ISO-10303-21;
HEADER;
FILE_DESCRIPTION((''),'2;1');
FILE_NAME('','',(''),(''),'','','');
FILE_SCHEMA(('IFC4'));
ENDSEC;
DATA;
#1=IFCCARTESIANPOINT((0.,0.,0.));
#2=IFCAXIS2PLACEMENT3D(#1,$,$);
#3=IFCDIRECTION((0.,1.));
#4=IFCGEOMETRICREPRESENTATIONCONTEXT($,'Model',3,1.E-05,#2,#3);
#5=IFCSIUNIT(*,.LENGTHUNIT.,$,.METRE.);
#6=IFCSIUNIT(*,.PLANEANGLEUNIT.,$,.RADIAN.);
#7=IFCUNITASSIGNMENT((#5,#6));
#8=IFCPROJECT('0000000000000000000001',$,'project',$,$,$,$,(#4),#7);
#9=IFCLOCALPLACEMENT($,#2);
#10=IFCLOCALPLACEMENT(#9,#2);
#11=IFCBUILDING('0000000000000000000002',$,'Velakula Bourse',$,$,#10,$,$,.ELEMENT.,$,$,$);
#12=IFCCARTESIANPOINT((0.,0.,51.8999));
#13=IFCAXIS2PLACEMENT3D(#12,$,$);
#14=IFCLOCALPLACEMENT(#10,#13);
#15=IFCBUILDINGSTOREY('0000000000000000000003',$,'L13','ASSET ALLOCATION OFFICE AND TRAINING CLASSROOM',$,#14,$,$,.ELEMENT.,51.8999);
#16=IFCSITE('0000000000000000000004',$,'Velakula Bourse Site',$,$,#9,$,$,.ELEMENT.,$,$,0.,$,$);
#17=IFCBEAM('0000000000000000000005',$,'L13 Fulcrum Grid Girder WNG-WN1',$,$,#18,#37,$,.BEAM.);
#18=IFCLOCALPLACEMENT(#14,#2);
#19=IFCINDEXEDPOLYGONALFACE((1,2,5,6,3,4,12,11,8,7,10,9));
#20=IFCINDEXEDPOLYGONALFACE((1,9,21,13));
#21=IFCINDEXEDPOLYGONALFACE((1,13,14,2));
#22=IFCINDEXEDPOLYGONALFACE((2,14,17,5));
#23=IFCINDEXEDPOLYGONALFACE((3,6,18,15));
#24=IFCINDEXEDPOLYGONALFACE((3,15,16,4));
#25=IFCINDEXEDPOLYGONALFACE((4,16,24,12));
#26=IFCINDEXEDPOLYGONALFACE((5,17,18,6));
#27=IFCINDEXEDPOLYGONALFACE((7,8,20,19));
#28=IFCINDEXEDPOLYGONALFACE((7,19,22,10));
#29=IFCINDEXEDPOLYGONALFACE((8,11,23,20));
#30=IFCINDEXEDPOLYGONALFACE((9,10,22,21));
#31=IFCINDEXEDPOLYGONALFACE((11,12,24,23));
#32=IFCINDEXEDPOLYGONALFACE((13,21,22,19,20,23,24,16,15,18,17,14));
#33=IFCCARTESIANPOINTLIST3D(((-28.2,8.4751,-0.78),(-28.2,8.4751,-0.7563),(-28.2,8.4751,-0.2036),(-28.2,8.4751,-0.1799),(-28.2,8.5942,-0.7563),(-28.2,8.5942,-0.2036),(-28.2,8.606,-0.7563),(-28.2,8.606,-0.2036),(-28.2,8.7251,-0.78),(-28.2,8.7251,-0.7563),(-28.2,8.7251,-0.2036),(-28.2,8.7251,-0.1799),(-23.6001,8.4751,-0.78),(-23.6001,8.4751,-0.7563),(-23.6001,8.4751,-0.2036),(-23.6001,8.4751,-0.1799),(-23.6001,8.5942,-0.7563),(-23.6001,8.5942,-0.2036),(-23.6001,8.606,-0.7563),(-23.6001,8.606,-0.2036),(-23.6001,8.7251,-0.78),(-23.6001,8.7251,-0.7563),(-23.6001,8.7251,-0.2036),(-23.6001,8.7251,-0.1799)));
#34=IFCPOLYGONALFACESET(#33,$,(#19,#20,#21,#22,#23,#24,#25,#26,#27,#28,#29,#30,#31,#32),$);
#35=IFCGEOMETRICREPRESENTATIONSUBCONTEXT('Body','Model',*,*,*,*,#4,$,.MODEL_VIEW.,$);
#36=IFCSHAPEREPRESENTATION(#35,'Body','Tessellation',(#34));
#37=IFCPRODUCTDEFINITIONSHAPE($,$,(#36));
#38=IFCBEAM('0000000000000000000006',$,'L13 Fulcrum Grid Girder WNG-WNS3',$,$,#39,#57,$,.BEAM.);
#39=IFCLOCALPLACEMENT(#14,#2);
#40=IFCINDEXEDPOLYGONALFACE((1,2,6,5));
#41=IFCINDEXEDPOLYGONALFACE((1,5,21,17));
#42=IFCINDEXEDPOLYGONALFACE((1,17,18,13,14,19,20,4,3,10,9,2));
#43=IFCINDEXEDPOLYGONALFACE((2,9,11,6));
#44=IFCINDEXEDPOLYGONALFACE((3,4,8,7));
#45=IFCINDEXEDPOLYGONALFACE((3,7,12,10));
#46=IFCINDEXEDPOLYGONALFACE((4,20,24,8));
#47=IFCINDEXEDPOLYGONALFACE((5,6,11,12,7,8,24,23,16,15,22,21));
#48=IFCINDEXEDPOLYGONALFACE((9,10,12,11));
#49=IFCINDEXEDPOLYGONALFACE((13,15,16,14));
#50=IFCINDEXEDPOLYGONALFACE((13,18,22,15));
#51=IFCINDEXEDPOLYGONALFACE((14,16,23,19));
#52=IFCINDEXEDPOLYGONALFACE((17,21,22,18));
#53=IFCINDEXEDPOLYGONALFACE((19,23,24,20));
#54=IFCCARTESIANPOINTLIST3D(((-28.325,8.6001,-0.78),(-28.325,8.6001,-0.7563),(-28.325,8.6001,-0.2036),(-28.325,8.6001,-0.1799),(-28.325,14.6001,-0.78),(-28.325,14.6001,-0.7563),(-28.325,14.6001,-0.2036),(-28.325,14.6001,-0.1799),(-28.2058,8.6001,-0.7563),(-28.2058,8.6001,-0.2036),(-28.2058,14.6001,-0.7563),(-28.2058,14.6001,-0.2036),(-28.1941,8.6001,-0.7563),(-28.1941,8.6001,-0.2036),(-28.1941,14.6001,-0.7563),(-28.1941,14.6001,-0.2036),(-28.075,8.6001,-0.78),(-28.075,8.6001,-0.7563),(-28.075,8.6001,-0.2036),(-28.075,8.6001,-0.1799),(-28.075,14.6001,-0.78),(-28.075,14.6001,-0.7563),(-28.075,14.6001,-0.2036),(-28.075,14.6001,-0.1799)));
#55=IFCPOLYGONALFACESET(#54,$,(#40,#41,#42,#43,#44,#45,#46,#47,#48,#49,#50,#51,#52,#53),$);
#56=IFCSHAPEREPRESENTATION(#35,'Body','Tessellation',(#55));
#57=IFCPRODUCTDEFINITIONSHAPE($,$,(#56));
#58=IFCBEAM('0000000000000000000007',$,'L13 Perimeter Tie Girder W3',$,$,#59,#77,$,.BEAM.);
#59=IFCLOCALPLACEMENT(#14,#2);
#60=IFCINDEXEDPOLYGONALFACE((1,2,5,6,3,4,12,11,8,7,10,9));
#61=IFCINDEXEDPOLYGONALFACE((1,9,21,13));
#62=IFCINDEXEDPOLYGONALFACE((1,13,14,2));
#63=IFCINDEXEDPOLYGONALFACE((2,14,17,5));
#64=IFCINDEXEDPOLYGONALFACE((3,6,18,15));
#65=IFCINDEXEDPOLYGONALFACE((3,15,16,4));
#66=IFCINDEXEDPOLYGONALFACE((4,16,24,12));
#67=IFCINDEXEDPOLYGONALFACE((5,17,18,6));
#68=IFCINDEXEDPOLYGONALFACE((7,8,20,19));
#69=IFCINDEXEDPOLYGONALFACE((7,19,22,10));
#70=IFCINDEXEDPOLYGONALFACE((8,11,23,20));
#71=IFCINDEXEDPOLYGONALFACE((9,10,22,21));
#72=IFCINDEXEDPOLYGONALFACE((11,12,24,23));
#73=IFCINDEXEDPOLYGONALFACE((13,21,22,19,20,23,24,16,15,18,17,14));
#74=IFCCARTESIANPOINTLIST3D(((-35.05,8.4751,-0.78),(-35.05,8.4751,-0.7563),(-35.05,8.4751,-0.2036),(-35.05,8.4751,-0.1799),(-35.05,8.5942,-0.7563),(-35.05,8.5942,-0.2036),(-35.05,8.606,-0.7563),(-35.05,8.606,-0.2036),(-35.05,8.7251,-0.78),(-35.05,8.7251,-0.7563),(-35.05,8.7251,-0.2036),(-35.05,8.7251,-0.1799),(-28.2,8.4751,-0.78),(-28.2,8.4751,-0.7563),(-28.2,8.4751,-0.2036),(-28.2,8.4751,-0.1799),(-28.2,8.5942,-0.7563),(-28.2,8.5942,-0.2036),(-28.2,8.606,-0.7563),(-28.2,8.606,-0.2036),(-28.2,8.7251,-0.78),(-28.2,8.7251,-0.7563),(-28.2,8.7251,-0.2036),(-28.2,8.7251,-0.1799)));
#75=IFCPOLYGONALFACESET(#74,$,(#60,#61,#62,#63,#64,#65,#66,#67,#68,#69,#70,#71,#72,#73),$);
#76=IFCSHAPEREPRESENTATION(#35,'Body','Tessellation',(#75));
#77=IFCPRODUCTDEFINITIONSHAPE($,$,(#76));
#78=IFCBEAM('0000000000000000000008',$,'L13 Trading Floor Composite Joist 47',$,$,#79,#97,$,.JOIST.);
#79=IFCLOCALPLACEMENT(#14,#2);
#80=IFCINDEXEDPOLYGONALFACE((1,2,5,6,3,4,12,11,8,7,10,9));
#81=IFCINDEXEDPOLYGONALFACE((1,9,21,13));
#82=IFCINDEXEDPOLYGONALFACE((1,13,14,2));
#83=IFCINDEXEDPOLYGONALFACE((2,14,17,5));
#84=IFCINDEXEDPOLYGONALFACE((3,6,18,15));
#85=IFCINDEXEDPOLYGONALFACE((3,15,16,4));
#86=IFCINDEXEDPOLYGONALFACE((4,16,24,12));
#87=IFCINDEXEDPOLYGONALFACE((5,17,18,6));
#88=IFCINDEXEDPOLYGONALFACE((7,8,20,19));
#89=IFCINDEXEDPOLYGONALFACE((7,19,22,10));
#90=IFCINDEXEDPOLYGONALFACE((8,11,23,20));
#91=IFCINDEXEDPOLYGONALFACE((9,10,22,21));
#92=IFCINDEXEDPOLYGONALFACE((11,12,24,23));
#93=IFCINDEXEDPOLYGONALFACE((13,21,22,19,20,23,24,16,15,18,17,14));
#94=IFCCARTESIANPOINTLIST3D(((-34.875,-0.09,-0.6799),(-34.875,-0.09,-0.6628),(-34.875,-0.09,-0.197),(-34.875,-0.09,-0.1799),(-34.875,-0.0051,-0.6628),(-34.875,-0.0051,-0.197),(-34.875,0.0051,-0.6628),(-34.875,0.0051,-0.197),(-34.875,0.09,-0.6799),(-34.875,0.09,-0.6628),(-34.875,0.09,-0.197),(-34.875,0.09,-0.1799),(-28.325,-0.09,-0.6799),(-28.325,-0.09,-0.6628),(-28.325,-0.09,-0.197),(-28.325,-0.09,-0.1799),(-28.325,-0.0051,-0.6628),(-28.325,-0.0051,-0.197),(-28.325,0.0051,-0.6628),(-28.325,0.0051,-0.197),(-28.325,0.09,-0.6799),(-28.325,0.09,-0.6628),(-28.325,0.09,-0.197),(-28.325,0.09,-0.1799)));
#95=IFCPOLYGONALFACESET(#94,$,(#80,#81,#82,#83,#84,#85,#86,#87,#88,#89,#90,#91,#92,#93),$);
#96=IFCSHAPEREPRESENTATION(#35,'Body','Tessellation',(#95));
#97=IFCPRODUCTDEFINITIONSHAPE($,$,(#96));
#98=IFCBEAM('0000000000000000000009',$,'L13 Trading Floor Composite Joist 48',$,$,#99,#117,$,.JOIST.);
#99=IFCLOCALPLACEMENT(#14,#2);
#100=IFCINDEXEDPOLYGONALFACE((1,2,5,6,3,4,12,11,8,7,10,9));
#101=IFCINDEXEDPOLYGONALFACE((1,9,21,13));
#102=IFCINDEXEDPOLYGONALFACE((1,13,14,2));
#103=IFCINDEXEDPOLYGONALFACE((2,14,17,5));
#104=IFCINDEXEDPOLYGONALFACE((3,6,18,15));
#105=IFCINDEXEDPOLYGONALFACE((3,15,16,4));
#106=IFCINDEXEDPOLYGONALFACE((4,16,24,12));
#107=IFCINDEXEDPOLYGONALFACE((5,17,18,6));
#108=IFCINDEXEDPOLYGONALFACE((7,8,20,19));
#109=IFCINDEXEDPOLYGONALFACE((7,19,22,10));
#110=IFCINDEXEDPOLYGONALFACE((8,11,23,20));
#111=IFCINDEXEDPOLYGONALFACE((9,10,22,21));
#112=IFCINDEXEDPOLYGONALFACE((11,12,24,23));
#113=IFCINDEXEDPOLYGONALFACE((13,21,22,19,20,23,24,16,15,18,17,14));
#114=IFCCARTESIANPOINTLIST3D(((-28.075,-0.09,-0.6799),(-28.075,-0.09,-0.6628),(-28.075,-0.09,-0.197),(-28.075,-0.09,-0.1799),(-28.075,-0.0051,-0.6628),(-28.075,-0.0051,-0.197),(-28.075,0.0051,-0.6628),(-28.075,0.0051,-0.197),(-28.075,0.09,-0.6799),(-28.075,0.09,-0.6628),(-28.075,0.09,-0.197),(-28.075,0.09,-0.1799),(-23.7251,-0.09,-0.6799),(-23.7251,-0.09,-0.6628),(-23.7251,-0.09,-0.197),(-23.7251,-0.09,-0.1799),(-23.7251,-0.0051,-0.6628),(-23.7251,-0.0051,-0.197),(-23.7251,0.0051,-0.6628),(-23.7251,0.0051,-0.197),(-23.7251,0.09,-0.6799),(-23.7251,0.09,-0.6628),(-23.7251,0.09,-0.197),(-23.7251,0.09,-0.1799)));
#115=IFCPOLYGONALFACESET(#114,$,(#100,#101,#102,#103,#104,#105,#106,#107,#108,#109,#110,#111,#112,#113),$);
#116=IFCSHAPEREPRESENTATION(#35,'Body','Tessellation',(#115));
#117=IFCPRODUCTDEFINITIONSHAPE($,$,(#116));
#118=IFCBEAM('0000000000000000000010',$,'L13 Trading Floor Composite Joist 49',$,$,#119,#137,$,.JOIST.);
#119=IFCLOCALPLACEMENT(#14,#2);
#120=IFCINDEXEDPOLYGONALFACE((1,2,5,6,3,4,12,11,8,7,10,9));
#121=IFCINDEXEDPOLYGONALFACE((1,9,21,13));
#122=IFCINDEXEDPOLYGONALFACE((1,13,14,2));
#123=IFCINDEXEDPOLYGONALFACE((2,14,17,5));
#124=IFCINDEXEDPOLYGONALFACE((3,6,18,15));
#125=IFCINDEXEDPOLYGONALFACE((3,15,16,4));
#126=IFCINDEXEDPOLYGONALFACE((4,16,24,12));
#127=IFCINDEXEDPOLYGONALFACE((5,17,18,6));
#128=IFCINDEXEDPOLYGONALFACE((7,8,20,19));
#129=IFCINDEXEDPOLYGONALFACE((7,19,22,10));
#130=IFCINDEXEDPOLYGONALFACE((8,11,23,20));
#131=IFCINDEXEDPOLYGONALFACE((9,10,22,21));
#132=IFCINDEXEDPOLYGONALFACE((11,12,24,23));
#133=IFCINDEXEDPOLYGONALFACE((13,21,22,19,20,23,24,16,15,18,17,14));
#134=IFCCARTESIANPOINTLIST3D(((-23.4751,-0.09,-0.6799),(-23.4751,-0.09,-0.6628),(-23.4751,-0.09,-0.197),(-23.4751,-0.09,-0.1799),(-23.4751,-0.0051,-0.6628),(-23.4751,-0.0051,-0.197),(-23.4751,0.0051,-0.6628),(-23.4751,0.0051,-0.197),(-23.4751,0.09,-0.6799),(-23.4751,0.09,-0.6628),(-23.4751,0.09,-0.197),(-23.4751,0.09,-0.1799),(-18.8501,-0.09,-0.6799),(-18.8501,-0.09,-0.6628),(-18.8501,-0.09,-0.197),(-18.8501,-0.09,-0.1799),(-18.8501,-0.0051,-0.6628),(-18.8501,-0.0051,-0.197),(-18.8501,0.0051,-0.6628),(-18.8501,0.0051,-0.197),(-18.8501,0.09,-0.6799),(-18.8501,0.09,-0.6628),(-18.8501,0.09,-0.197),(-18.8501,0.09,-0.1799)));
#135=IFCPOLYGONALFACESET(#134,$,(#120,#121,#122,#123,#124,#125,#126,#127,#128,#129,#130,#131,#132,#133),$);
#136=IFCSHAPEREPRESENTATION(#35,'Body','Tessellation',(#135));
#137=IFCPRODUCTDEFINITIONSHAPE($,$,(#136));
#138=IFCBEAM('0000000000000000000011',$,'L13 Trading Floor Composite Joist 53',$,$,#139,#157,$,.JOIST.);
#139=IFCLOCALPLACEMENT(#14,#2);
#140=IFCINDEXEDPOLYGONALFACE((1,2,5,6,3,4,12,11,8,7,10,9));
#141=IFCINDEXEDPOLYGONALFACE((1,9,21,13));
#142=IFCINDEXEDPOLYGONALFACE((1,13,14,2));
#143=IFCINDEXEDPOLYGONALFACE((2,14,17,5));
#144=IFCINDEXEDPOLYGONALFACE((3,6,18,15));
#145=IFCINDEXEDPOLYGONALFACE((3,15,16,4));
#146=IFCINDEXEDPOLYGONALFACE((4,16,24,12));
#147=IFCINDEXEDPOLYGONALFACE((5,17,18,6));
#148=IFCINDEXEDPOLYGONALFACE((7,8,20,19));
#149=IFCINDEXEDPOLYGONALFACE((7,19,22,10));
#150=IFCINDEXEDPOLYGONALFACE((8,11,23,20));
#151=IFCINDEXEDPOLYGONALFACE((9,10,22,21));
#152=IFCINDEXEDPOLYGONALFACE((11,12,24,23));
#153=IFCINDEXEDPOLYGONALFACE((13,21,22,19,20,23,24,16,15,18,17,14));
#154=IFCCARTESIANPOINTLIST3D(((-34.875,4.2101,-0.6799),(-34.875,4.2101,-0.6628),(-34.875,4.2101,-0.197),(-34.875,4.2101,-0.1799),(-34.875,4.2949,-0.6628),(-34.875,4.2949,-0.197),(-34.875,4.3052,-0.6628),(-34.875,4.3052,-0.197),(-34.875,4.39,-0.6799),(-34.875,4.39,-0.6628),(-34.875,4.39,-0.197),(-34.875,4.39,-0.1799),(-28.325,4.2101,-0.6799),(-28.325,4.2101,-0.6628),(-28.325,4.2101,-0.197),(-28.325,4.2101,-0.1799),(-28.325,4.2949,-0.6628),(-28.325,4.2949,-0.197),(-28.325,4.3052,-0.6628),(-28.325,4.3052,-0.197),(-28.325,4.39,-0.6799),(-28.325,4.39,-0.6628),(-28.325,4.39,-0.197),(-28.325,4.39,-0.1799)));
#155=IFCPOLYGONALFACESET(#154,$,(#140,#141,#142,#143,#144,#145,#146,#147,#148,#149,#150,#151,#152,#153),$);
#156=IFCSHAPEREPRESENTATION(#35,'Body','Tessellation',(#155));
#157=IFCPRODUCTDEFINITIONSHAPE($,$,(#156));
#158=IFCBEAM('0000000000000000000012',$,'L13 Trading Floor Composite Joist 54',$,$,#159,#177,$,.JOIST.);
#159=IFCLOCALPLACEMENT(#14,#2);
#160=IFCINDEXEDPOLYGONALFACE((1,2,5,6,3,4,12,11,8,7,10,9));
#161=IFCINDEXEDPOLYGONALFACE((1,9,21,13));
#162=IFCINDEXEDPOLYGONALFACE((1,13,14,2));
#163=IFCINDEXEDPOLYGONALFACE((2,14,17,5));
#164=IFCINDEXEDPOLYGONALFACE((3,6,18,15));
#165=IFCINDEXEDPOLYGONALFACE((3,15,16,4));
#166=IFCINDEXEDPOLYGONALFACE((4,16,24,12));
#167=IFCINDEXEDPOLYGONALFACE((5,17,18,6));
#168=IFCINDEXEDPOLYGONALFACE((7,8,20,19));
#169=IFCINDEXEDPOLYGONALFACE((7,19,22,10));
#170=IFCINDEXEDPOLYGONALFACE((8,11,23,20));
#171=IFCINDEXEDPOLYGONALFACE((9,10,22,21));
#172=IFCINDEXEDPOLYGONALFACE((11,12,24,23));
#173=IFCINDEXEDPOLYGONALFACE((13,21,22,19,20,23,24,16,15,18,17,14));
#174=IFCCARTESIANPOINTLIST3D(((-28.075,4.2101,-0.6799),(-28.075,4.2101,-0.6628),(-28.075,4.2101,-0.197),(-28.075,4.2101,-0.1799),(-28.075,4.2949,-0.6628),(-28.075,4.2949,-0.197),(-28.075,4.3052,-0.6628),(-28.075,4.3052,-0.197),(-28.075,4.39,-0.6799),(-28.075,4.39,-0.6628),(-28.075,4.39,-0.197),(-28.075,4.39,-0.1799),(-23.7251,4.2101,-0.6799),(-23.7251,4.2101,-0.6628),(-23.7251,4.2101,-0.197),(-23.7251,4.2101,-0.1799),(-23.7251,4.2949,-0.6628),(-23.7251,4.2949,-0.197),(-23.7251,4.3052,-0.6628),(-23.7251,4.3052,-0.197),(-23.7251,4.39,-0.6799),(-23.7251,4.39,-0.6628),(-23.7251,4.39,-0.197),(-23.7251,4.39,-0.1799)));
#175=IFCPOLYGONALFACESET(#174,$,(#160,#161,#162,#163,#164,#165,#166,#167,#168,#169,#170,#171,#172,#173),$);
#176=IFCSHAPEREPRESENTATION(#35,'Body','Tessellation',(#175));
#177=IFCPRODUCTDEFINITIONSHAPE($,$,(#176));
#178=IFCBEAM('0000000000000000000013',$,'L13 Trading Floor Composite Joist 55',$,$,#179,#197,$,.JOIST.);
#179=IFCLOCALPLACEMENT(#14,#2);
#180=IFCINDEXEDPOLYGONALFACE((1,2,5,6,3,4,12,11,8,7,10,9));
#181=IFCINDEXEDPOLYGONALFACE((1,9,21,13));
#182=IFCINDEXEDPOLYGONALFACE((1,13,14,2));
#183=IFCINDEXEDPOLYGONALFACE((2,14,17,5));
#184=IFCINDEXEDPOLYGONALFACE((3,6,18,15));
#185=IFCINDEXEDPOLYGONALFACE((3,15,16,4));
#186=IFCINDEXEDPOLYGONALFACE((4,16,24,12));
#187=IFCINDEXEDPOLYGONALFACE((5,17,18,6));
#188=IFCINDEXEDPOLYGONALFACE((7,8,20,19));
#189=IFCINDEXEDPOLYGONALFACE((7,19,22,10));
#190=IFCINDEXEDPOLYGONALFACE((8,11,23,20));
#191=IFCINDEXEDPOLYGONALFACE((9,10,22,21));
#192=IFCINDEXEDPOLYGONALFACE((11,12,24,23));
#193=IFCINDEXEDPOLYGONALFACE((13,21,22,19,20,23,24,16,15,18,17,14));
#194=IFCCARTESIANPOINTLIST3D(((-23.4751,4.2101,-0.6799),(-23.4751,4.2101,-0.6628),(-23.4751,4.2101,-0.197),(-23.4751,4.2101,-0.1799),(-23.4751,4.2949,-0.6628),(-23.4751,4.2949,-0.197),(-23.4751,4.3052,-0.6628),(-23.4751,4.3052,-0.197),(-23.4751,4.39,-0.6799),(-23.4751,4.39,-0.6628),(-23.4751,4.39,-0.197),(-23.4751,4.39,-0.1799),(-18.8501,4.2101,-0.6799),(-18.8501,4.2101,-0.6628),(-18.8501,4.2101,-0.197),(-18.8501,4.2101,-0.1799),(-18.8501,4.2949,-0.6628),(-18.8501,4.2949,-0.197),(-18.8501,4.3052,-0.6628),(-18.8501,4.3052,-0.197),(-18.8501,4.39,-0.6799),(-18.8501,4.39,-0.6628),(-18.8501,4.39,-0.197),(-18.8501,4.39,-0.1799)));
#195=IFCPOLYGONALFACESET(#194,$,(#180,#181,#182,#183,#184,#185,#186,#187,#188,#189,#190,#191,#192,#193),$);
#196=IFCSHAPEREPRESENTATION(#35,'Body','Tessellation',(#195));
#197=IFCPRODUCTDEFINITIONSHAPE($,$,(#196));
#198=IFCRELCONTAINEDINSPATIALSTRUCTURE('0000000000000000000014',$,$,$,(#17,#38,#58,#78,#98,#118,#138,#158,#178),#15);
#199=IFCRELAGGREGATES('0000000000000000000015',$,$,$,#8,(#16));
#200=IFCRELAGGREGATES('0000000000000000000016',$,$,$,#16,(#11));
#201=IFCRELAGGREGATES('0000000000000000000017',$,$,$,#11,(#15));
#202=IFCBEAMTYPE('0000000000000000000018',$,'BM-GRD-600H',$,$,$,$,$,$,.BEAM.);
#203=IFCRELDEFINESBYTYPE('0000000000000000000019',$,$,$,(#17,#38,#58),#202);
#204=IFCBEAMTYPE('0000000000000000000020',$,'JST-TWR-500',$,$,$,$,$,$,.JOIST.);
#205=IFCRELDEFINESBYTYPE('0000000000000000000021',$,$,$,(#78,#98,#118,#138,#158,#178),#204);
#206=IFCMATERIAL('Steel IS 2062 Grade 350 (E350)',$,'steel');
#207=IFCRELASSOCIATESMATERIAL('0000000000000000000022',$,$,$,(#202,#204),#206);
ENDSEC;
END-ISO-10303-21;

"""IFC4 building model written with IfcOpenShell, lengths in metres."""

from ifc_helpers import new_model, si_unit, direction, frame, origin, origin_2d, place, context, subcontext, project, spatial, i_section, extrude, material, material_profile, profile_set, type_object, element, save


model = new_model("IFC4")

# Units and contexts
model_context = context("Model", 3, precision=1e-05, world=origin(), true_north=direction((0.0, 1.0)))
body_context = subcontext(model_context, "Body", "Model", "MODEL_VIEW")
ifc_project = project(units=[si_unit("LENGTHUNIT", "METRE"), si_unit("PLANEANGLEUNIT", "RADIAN")], contexts=[model_context])

# Site, building, storey
site_placement = place(None, origin())
site = spatial("IfcSite", under=ifc_project, at=site_placement, Name="Velakula Bourse Site", CompositionType="ELEMENT", RefElevation=0.0)
building_placement = place(site_placement, origin())
building = spatial("IfcBuilding", under=site, at=building_placement, Name="Velakula Bourse", CompositionType="ELEMENT")
storey_placement = place(building_placement, frame((0.0, 0.0, 51.8999)))
storey = spatial("IfcBuildingStorey", under=building, at=storey_placement, Name="L13", Description="ASSET ALLOCATION OFFICE AND TRAINING CLASSROOM", CompositionType="ELEMENT", Elevation=51.8999)

# Beams
ifc_material_1 = material(Name="Steel IS 2062 Grade 350 (E350)", Category="steel")
ifc_material_profile_1 = material_profile(ifc_material_1, i_section(OverallWidth=0.25, OverallDepth=0.6001, WebThickness=0.0117, FlangeThickness=0.0237, at=origin_2d()), Name="Steel IS 2062 Grade 350 (E350)")
ifc_profile_set_1 = profile_set([ifc_material_profile_1], Name="Steel IS 2062 Grade 350 (E350)")
beam_type_1 = type_object("IfcBeamType", Name="BM-GRD-600H", PredefinedType="BEAM", material=ifc_profile_set_1)
beam_1_placement = place(storey_placement, frame((-28.2, 8.6001, -0.48), z_axis=(1.0, 0.0, 0.0), x_axis=(0.0, 1.0, 0.0)))
element("IfcBeam", 1, at=beam_1_placement, inside=storey, type_object=beam_type_1, Name="L13 Fulcrum Grid Girder WNG-WN1", PredefinedType="BEAM", context=body_context, shape_type="SweptSolid", body=[
    extrude(i_section(OverallWidth=0.25, OverallDepth=0.6001, WebThickness=0.0117, FlangeThickness=0.0237, at=origin_2d()), origin(), (0.0, 0.0, 1.0), 4.5999),
])
beam_2_placement = place(storey_placement, frame((-28.2, 8.6001, -0.48), z_axis=(0.0, 1.0, 0.0), x_axis=(-1.0, 0.0, 0.0)))
element("IfcBeam", 2, at=beam_2_placement, inside=storey, type_object=beam_type_1, Name="L13 Fulcrum Grid Girder WNG-WNS3", PredefinedType="BEAM", context=body_context, shape_type="SweptSolid", body=[
    extrude(i_section(OverallWidth=0.25, OverallDepth=0.6001, WebThickness=0.0117, FlangeThickness=0.0237, at=origin_2d()), origin(), (0.0, 0.0, 1.0), 6.0),
])
beam_3_placement = place(storey_placement, frame((-28.2, 8.6001, -0.48), z_axis=(-1.0, 0.0, 0.0), x_axis=(0.0, -1.0, 0.0)))
element("IfcBeam", 3, at=beam_3_placement, inside=storey, type_object=beam_type_1, Name="L13 Perimeter Tie Girder W3", PredefinedType="BEAM", context=body_context, shape_type="SweptSolid", body=[
    extrude(i_section(OverallWidth=0.25, OverallDepth=0.6001, WebThickness=0.0117, FlangeThickness=0.0237, at=origin_2d()), origin(), (0.0, 0.0, 1.0), 6.8501),
])
ifc_material_profile_2 = material_profile(ifc_material_1, i_section(OverallWidth=0.1799, OverallDepth=0.5, WebThickness=0.0103, FlangeThickness=0.0171, at=origin_2d()), Name="Steel IS 2062 Grade 350 (E350)")
ifc_profile_set_2 = profile_set([ifc_material_profile_2], Name="Steel IS 2062 Grade 350 (E350)")
beam_type_2 = type_object("IfcBeamType", Name="JST-TWR-500", PredefinedType="JOIST", material=ifc_profile_set_2)
beam_4_placement = place(storey_placement, frame((-34.875, 0.0, -0.4299), z_axis=(1.0, 0.0, 0.0), x_axis=(0.0, 1.0, 0.0)))
element("IfcBeam", 4, at=beam_4_placement, inside=storey, type_object=beam_type_2, Name="L13 Trading Floor Composite Joist 47", PredefinedType="JOIST", context=body_context, shape_type="SweptSolid", body=[
    extrude(i_section(OverallWidth=0.1799, OverallDepth=0.5, WebThickness=0.0103, FlangeThickness=0.0171, at=origin_2d()), origin(), (0.0, 0.0, 1.0), 6.55),
])
beam_5_placement = place(storey_placement, frame((-28.075, 0.0, -0.4299), z_axis=(1.0, 0.0, 0.0), x_axis=(0.0, 1.0, 0.0)))
element("IfcBeam", 5, at=beam_5_placement, inside=storey, type_object=beam_type_2, Name="L13 Trading Floor Composite Joist 48", PredefinedType="JOIST", context=body_context, shape_type="SweptSolid", body=[
    extrude(i_section(OverallWidth=0.1799, OverallDepth=0.5, WebThickness=0.0103, FlangeThickness=0.0171, at=origin_2d()), origin(), (0.0, 0.0, 1.0), 4.3499),
])
beam_6_placement = place(storey_placement, frame((-23.4751, 0.0, -0.4299), z_axis=(1.0, 0.0, 0.0), x_axis=(0.0, 1.0, 0.0)))
element("IfcBeam", 6, at=beam_6_placement, inside=storey, type_object=beam_type_2, Name="L13 Trading Floor Composite Joist 49", PredefinedType="JOIST", context=body_context, shape_type="SweptSolid", body=[
    extrude(i_section(OverallWidth=0.1799, OverallDepth=0.5, WebThickness=0.0103, FlangeThickness=0.0171, at=origin_2d()), origin(), (0.0, 0.0, 1.0), 4.625),
])
beam_7_placement = place(storey_placement, frame((-34.875, 4.3, -0.4299), z_axis=(1.0, 0.0, 0.0), x_axis=(0.0, 1.0, 0.0)))
element("IfcBeam", 7, at=beam_7_placement, inside=storey, type_object=beam_type_2, Name="L13 Trading Floor Composite Joist 53", PredefinedType="JOIST", context=body_context, shape_type="SweptSolid", body=[
    extrude(i_section(OverallWidth=0.1799, OverallDepth=0.5, WebThickness=0.0103, FlangeThickness=0.0171, at=origin_2d()), origin(), (0.0, 0.0, 1.0), 6.55),
])
beam_8_placement = place(storey_placement, frame((-28.075, 4.3, -0.4299), z_axis=(1.0, 0.0, 0.0), x_axis=(0.0, 1.0, 0.0)))
element("IfcBeam", 8, at=beam_8_placement, inside=storey, type_object=beam_type_2, Name="L13 Trading Floor Composite Joist 54", PredefinedType="JOIST", context=body_context, shape_type="SweptSolid", body=[
    extrude(i_section(OverallWidth=0.1799, OverallDepth=0.5, WebThickness=0.0103, FlangeThickness=0.0171, at=origin_2d()), origin(), (0.0, 0.0, 1.0), 4.3499),
])
beam_9_placement = place(storey_placement, frame((-23.4751, 4.3, -0.4299), z_axis=(1.0, 0.0, 0.0), x_axis=(0.0, 1.0, 0.0)))
element("IfcBeam", 9, at=beam_9_placement, inside=storey, type_object=beam_type_2, Name="L13 Trading Floor Composite Joist 55", PredefinedType="JOIST", context=body_context, shape_type="SweptSolid", body=[
    extrude(i_section(OverallWidth=0.1799, OverallDepth=0.5, WebThickness=0.0103, FlangeThickness=0.0171, at=origin_2d()), origin(), (0.0, 0.0, 1.0), 4.625),
])

save(model, "model.ifc")
